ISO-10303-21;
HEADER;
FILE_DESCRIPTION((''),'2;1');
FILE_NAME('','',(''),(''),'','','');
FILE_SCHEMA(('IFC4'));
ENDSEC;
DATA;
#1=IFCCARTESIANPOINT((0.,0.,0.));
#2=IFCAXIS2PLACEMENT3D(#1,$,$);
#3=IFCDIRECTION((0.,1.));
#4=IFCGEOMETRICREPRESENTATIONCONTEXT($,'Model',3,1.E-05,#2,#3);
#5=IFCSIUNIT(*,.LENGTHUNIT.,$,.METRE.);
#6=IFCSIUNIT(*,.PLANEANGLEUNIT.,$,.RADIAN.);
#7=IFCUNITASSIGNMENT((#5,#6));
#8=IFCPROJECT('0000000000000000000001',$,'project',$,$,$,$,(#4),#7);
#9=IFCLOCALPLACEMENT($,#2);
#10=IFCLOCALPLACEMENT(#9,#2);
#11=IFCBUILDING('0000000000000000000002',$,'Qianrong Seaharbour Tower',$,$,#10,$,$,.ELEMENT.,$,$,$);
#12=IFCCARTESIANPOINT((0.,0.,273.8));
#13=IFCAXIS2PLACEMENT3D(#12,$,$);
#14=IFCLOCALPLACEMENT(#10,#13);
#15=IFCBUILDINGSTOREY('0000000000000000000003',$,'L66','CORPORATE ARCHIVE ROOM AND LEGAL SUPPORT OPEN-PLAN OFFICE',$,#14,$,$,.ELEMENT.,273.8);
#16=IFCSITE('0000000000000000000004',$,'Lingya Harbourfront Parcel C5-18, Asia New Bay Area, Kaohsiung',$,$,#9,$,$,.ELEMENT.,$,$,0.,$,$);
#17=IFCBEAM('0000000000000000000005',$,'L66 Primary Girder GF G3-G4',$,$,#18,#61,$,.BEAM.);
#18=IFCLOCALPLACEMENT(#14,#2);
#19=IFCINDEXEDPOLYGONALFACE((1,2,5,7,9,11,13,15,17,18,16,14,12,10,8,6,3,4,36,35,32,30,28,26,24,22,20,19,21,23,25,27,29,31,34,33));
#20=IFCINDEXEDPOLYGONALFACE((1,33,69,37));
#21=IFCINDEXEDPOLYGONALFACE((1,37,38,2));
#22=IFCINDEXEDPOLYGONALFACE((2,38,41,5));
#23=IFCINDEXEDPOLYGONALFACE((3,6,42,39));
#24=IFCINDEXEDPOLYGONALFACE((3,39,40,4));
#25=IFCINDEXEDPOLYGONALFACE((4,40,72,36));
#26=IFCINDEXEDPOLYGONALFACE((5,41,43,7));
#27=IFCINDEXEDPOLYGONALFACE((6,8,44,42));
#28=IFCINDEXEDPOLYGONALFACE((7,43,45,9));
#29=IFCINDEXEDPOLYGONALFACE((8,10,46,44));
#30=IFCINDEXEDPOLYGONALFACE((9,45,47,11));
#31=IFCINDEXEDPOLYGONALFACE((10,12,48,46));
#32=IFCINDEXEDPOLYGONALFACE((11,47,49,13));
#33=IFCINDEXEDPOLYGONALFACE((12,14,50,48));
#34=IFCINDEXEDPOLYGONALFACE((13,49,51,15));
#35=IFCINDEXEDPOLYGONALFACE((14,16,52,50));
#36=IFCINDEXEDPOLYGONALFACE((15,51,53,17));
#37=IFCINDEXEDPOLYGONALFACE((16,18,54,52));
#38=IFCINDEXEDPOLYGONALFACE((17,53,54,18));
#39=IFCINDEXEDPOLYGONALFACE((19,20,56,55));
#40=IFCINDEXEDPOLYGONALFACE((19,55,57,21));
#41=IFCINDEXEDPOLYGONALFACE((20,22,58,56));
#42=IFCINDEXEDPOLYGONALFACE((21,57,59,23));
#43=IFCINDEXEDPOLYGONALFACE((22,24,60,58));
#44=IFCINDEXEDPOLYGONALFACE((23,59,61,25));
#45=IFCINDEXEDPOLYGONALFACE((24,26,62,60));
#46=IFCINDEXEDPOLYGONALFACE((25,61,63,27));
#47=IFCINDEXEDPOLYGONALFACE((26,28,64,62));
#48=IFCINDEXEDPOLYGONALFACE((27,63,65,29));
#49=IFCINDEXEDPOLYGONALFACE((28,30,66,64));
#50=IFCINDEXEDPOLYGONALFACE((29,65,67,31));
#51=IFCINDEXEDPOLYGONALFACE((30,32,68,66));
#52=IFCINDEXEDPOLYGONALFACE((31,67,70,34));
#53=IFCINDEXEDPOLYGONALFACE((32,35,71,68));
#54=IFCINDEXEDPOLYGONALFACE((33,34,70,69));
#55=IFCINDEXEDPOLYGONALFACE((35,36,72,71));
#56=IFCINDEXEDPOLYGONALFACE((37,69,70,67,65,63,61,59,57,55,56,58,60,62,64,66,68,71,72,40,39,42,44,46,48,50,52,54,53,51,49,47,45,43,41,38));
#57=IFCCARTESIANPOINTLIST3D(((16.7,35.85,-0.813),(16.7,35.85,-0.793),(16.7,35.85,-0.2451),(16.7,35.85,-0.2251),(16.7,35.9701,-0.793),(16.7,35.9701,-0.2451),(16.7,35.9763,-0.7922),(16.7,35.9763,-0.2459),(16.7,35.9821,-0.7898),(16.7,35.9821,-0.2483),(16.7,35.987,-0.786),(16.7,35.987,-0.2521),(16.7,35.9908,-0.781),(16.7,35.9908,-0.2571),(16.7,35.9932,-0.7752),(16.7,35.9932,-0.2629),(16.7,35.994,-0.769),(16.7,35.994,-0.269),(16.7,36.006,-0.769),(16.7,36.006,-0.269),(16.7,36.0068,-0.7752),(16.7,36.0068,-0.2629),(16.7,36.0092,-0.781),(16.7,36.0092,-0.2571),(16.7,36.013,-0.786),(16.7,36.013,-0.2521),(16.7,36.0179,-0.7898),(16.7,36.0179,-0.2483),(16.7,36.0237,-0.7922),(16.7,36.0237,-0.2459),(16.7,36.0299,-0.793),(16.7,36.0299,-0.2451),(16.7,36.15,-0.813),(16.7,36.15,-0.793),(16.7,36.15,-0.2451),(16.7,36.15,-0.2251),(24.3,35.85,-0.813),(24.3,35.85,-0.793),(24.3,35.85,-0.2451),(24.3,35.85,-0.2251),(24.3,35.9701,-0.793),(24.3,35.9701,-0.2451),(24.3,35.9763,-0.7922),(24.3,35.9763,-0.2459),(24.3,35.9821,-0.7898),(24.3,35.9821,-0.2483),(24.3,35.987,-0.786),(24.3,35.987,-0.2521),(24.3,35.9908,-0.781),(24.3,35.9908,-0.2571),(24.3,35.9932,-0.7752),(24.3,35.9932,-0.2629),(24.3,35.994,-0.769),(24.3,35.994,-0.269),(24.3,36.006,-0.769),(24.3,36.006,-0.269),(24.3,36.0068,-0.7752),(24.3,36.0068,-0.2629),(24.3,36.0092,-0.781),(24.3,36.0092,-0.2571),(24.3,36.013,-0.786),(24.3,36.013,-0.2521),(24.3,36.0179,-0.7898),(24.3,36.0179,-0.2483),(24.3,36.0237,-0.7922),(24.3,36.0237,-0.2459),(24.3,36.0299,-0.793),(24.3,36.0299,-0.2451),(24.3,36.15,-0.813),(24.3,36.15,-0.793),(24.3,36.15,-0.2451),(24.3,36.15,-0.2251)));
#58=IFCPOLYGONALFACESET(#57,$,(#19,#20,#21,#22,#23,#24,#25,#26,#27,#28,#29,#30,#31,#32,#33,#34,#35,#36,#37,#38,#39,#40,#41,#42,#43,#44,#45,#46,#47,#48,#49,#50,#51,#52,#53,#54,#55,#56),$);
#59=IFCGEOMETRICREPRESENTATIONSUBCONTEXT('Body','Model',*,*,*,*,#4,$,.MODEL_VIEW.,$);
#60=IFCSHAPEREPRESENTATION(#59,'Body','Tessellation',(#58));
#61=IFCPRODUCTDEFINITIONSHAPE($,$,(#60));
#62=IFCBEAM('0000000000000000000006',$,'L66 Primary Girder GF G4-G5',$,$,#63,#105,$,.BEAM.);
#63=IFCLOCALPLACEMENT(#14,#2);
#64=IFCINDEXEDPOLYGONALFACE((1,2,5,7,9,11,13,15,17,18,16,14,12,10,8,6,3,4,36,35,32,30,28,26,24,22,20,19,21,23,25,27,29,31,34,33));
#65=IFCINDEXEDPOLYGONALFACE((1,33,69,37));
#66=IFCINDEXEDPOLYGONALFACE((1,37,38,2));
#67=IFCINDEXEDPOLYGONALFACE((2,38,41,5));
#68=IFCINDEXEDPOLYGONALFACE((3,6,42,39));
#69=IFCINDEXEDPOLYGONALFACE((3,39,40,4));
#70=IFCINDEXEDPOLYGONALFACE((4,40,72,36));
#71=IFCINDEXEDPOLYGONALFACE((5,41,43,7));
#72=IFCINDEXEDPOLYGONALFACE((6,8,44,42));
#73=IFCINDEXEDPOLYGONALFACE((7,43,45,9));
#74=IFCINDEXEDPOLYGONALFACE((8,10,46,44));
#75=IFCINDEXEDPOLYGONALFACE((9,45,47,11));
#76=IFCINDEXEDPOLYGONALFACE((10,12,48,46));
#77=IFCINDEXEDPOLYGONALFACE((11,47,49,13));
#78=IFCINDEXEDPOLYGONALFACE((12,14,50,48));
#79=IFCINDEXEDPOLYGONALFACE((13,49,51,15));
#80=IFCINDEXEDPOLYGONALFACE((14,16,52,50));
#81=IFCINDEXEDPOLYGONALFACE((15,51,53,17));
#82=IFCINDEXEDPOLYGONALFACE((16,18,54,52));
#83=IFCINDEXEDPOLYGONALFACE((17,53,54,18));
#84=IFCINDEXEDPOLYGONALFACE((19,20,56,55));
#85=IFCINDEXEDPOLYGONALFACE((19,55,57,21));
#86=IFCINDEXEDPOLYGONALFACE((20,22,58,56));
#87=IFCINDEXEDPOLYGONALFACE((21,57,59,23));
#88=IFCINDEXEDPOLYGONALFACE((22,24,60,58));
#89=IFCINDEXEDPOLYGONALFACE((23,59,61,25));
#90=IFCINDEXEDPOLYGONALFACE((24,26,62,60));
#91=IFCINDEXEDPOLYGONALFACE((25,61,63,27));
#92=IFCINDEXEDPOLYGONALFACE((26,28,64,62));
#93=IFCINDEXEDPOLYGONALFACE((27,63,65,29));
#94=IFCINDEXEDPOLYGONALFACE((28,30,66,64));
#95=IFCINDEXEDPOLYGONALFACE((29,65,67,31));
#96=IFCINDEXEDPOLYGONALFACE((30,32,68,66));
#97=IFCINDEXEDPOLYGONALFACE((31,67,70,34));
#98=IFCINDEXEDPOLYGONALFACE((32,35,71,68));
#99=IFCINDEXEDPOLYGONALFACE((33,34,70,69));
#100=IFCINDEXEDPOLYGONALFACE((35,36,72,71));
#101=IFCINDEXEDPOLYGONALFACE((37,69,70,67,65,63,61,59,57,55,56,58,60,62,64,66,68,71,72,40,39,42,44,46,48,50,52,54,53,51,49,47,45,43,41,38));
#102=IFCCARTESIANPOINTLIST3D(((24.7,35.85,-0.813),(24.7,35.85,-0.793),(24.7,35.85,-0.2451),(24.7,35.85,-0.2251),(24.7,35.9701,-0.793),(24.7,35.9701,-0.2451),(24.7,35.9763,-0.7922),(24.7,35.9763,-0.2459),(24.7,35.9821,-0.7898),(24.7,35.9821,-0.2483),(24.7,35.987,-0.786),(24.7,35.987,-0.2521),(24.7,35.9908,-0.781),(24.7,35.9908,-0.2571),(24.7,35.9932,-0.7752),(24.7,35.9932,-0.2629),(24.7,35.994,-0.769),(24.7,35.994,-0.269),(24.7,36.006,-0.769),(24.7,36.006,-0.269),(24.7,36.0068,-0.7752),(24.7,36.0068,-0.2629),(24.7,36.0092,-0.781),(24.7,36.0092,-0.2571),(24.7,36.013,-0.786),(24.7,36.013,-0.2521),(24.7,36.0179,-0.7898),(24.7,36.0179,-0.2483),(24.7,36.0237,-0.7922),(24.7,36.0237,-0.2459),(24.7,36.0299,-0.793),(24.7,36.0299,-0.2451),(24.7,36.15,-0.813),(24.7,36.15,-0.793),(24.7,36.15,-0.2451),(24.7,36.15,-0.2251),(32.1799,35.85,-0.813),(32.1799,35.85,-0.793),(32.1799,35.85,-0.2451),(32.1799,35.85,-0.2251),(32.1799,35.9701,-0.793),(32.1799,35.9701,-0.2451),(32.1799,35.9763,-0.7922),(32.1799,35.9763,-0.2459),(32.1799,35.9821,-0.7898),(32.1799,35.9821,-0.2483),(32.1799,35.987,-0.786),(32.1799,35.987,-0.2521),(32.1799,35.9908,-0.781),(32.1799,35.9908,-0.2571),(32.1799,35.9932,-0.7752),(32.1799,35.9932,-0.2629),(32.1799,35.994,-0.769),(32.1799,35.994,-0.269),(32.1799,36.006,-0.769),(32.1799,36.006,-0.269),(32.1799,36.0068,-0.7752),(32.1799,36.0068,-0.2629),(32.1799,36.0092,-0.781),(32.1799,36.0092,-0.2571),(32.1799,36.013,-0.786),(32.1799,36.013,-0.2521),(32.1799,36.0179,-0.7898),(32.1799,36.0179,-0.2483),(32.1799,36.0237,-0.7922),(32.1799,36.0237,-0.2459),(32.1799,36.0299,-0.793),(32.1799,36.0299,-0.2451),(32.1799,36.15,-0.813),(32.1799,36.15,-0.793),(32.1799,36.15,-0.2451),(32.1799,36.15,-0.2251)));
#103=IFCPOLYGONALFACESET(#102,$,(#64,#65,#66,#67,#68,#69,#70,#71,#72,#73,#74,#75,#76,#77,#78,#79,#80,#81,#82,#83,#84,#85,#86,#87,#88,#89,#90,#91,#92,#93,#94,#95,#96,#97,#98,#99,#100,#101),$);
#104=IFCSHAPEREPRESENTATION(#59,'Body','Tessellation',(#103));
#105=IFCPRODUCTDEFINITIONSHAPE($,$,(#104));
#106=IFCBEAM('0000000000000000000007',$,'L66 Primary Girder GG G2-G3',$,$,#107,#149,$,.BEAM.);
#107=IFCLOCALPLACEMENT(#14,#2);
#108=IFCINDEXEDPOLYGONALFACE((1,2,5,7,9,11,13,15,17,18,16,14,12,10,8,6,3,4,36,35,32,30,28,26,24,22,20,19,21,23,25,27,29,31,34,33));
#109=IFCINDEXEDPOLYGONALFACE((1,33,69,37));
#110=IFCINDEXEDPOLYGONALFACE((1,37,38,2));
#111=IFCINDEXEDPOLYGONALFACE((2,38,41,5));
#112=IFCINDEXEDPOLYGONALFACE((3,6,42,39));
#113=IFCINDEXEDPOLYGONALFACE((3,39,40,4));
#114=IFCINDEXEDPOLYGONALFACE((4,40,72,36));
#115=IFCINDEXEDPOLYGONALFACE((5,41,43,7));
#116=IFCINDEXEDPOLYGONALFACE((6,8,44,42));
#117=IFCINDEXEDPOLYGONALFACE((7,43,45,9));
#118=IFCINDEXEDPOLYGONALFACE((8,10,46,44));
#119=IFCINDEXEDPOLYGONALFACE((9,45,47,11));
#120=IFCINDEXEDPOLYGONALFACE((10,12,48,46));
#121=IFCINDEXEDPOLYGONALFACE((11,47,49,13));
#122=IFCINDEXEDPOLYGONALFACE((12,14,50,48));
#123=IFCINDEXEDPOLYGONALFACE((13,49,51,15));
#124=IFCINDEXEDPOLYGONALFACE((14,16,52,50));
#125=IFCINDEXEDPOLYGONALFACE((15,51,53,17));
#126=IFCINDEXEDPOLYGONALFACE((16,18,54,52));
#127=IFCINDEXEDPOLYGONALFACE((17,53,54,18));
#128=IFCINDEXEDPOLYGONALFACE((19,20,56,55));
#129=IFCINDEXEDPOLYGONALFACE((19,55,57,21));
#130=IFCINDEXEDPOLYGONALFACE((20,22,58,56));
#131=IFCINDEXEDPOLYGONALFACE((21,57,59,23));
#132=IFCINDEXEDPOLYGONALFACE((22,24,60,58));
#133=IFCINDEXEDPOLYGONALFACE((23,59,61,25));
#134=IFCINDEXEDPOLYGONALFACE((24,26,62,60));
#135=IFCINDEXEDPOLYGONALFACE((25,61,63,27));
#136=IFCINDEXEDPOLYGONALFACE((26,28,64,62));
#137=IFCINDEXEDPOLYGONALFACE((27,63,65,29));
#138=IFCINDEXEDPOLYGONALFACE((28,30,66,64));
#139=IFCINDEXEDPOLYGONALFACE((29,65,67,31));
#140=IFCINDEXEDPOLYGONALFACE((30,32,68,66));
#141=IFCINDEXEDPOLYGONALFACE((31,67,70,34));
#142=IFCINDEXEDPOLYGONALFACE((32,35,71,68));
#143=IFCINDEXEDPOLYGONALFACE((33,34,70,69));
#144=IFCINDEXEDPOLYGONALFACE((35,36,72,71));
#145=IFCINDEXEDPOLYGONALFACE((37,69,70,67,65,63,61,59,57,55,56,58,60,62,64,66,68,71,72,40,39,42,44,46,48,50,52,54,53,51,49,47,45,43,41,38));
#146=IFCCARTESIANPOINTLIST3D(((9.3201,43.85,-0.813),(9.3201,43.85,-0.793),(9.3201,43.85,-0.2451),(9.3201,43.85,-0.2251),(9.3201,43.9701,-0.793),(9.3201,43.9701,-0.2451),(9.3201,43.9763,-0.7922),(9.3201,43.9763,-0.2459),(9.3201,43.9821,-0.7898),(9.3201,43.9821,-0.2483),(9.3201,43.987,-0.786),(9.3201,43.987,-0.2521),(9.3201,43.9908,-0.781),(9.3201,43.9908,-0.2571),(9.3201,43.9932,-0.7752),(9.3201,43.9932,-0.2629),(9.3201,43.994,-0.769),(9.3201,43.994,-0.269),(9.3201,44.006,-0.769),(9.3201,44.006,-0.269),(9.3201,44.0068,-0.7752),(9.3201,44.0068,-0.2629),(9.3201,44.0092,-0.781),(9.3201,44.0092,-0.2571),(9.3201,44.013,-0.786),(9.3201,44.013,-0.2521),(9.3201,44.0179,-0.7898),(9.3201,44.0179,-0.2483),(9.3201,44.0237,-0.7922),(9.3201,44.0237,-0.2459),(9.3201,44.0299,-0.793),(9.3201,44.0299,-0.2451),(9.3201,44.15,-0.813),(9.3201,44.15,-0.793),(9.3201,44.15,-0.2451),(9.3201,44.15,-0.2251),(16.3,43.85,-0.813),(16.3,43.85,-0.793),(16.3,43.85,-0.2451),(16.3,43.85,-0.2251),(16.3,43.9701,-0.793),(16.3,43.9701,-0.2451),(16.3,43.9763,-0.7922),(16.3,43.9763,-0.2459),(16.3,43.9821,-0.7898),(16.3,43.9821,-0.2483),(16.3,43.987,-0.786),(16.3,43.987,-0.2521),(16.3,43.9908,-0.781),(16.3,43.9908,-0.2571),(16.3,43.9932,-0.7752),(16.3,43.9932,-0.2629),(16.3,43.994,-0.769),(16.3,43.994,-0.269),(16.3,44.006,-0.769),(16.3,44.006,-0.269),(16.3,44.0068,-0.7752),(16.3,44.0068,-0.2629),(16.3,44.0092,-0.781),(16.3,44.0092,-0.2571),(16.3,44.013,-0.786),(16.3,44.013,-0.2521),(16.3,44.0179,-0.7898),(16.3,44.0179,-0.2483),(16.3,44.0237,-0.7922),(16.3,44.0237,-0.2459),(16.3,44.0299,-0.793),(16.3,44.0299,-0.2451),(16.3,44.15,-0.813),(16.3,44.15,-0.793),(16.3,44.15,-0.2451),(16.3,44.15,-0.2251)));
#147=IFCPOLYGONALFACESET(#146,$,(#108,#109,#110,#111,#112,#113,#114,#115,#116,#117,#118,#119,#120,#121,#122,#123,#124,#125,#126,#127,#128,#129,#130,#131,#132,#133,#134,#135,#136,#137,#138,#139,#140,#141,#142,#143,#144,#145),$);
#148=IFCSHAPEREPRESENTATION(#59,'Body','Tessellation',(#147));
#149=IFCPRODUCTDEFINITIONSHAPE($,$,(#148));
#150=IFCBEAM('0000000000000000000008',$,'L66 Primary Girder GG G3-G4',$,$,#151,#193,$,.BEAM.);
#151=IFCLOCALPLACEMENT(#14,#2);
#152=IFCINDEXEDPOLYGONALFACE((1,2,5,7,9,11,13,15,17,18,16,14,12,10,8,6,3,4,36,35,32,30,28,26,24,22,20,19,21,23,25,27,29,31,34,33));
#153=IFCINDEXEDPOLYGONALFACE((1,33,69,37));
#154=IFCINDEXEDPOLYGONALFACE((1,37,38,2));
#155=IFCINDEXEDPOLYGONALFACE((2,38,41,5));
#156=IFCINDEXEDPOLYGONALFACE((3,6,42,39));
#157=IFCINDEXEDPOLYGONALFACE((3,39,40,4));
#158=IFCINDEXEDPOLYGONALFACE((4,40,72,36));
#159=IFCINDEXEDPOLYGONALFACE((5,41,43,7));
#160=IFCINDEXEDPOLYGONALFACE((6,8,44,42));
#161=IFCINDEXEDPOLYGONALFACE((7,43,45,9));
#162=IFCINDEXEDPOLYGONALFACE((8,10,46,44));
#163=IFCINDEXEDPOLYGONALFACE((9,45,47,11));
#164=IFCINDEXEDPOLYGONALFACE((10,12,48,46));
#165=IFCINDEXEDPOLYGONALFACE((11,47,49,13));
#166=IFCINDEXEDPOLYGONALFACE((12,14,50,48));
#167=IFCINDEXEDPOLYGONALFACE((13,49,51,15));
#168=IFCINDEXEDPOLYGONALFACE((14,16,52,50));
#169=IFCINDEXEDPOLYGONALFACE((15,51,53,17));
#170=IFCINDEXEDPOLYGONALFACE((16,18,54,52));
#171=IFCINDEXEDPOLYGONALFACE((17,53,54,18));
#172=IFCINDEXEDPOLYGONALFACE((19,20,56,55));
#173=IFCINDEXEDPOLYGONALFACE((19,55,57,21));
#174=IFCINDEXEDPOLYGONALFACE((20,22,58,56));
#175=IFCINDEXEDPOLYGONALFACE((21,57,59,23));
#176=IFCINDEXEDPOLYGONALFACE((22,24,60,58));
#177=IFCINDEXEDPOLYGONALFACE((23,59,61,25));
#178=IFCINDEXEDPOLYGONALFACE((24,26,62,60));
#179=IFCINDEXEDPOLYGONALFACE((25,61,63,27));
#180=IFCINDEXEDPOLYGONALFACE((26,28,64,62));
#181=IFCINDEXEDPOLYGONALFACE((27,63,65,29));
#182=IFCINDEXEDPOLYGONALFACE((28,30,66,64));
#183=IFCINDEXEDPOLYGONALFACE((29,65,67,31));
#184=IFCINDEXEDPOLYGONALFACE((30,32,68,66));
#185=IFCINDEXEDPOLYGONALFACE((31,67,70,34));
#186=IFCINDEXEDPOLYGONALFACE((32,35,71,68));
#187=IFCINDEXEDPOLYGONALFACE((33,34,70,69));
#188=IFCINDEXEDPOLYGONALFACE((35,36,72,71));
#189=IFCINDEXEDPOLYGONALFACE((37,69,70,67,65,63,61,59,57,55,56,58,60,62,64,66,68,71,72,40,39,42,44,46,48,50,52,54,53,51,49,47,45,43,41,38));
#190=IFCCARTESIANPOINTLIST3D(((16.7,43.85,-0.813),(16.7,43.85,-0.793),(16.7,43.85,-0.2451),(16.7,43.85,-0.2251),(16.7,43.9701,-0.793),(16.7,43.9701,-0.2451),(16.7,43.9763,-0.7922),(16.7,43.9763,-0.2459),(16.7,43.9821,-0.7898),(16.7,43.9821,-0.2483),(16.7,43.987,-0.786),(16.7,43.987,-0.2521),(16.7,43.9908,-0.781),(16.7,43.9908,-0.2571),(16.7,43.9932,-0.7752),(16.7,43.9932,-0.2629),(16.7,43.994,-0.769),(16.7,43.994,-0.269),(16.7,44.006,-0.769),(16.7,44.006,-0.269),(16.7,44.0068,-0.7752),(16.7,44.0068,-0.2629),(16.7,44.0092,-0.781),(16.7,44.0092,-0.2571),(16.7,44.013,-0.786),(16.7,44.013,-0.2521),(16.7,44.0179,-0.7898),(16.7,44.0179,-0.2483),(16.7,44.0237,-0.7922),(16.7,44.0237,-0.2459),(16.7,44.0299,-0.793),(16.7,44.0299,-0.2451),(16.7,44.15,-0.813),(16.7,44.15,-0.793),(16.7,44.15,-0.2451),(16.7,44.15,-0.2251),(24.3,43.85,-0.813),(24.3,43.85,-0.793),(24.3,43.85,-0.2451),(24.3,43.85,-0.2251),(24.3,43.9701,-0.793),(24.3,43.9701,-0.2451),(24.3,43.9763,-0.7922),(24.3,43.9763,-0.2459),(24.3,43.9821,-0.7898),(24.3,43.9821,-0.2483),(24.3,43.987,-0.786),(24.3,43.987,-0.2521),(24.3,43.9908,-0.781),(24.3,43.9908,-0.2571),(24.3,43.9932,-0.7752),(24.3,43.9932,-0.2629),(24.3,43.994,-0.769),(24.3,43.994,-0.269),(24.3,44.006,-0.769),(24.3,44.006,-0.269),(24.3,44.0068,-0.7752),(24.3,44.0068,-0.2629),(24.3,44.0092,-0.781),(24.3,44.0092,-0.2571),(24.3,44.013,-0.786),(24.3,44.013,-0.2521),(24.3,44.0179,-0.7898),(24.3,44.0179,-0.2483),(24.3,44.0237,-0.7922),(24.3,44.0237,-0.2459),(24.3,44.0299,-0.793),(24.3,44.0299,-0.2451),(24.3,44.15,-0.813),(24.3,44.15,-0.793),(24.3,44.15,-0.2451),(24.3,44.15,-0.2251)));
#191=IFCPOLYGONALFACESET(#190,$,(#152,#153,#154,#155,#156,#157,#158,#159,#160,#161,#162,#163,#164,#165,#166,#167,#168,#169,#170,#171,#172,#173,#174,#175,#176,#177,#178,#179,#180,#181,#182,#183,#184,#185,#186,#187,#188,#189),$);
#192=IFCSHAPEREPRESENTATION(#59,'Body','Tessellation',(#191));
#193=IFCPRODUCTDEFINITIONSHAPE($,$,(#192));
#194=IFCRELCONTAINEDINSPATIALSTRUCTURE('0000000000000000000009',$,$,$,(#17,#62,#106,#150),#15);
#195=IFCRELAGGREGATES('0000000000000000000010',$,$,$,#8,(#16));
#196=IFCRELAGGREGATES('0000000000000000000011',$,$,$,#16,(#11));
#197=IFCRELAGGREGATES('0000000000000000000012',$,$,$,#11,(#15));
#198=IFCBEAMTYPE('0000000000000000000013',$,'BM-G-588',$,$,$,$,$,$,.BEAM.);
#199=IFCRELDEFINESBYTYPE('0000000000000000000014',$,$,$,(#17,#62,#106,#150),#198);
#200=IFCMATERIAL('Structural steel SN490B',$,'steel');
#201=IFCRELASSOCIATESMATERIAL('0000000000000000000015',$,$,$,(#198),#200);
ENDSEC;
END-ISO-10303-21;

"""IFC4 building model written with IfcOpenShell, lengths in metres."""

from ifc_helpers import new_model, si_unit, direction, frame, origin, origin_2d, place, context, subcontext, project, spatial, i_section, extrude, material, material_profile, profile_set, type_object, element, save


model = new_model("IFC4")

# Units and contexts
model_context = context("Model", 3, precision=1e-05, world=origin(), true_north=direction((0.0, 1.0)))
body_context = subcontext(model_context, "Body", "Model", "MODEL_VIEW")
ifc_project = project(units=[si_unit("LENGTHUNIT", "METRE"), si_unit("PLANEANGLEUNIT", "RADIAN")], contexts=[model_context])

# Site, building, storey
site_placement = place(None, origin())
site = spatial("IfcSite", under=ifc_project, at=site_placement, Name="Lingya Harbourfront Parcel C5-18, Asia New Bay Area, Kaohsiung", CompositionType="ELEMENT", RefElevation=0.0)
building_placement = place(site_placement, origin())
building = spatial("IfcBuilding", under=site, at=building_placement, Name="Qianrong Seaharbour Tower", CompositionType="ELEMENT")
storey_placement = place(building_placement, frame((0.0, 0.0, 273.8)))
storey = spatial("IfcBuildingStorey", under=building, at=storey_placement, Name="L66", Description="CORPORATE ARCHIVE ROOM AND LEGAL SUPPORT OPEN-PLAN OFFICE", CompositionType="ELEMENT", Elevation=273.8)

# Shared definitions
ifc_material_1 = material(Name="Structural steel SN490B", Category="steel")

# Beams
ifc_material_profile_1 = material_profile(ifc_material_1, i_section(OverallWidth=0.3, OverallDepth=0.5879, WebThickness=0.012, FlangeThickness=0.02, FilletRadius=0.0239, at=origin_2d()), Name="H588x300x12x20")
ifc_profile_set_1 = profile_set([ifc_material_profile_1], Name="Structural steel SN490B")
beam_type_1 = type_object("IfcBeamType", Name="BM-G-588", PredefinedType="BEAM", material=ifc_profile_set_1)
beam_1_placement = place(storey_placement, frame((16.7, 36.0, -0.519), z_axis=(1.0, 0.0, 0.0), x_axis=(0.0, 1.0, 0.0)))
element("IfcBeam", 1, at=beam_1_placement, inside=storey, type_object=beam_type_1, Name="L66 Primary Girder GF G3-G4", PredefinedType="BEAM", context=body_context, shape_type="SweptSolid", body=[
    extrude(i_section(OverallWidth=0.3, OverallDepth=0.5879, WebThickness=0.012, FlangeThickness=0.02, FilletRadius=0.0239, at=origin_2d()), origin(), (0.0, 0.0, 1.0), 7.6001),
])
beam_2_placement = place(storey_placement, frame((24.7, 36.0, -0.519), z_axis=(1.0, 0.0, 0.0), x_axis=(0.0, 1.0, 0.0)))
element("IfcBeam", 2, at=beam_2_placement, inside=storey, type_object=beam_type_1, Name="L66 Primary Girder GF G4-G5", PredefinedType="BEAM", context=body_context, shape_type="SweptSolid", body=[
    extrude(i_section(OverallWidth=0.3, OverallDepth=0.5879, WebThickness=0.012, FlangeThickness=0.02, FilletRadius=0.0239, at=origin_2d()), origin(), (0.0, 0.0, 1.0), 7.48),
])
beam_3_placement = place(storey_placement, frame((9.3201, 44.0, -0.519), z_axis=(1.0, 0.0, 0.0), x_axis=(0.0, 1.0, 0.0)))
element("IfcBeam", 3, at=beam_3_placement, inside=storey, type_object=beam_type_1, Name="L66 Primary Girder GG G2-G3", PredefinedType="BEAM", context=body_context, shape_type="SweptSolid", body=[
    extrude(i_section(OverallWidth=0.3, OverallDepth=0.5879, WebThickness=0.012, FlangeThickness=0.02, FilletRadius=0.0239, at=origin_2d()), origin(), (0.0, 0.0, 1.0), 6.98),
])
for number, where, z_axis, x_axis, name in (
    (4, (16.7, 44.0, -0.519), (1.0, 0.0, 0.0), (0.0, 1.0, 0.0), "L66 Primary Girder GG G3-G4"),
):
    element("IfcBeam", number, at=place(storey_placement, frame(where, z_axis=z_axis, x_axis=x_axis)), inside=storey, type_object=beam_type_1, Name=name, PredefinedType="BEAM", context=body_context, shape_type="SweptSolid", body=[
        extrude(i_section(OverallWidth=0.3, OverallDepth=0.5879, WebThickness=0.012, FlangeThickness=0.02, FilletRadius=0.0239, at=origin_2d()), origin(), (0.0, 0.0, 1.0), 7.6001),
    ])

save(model, "model.ifc")
